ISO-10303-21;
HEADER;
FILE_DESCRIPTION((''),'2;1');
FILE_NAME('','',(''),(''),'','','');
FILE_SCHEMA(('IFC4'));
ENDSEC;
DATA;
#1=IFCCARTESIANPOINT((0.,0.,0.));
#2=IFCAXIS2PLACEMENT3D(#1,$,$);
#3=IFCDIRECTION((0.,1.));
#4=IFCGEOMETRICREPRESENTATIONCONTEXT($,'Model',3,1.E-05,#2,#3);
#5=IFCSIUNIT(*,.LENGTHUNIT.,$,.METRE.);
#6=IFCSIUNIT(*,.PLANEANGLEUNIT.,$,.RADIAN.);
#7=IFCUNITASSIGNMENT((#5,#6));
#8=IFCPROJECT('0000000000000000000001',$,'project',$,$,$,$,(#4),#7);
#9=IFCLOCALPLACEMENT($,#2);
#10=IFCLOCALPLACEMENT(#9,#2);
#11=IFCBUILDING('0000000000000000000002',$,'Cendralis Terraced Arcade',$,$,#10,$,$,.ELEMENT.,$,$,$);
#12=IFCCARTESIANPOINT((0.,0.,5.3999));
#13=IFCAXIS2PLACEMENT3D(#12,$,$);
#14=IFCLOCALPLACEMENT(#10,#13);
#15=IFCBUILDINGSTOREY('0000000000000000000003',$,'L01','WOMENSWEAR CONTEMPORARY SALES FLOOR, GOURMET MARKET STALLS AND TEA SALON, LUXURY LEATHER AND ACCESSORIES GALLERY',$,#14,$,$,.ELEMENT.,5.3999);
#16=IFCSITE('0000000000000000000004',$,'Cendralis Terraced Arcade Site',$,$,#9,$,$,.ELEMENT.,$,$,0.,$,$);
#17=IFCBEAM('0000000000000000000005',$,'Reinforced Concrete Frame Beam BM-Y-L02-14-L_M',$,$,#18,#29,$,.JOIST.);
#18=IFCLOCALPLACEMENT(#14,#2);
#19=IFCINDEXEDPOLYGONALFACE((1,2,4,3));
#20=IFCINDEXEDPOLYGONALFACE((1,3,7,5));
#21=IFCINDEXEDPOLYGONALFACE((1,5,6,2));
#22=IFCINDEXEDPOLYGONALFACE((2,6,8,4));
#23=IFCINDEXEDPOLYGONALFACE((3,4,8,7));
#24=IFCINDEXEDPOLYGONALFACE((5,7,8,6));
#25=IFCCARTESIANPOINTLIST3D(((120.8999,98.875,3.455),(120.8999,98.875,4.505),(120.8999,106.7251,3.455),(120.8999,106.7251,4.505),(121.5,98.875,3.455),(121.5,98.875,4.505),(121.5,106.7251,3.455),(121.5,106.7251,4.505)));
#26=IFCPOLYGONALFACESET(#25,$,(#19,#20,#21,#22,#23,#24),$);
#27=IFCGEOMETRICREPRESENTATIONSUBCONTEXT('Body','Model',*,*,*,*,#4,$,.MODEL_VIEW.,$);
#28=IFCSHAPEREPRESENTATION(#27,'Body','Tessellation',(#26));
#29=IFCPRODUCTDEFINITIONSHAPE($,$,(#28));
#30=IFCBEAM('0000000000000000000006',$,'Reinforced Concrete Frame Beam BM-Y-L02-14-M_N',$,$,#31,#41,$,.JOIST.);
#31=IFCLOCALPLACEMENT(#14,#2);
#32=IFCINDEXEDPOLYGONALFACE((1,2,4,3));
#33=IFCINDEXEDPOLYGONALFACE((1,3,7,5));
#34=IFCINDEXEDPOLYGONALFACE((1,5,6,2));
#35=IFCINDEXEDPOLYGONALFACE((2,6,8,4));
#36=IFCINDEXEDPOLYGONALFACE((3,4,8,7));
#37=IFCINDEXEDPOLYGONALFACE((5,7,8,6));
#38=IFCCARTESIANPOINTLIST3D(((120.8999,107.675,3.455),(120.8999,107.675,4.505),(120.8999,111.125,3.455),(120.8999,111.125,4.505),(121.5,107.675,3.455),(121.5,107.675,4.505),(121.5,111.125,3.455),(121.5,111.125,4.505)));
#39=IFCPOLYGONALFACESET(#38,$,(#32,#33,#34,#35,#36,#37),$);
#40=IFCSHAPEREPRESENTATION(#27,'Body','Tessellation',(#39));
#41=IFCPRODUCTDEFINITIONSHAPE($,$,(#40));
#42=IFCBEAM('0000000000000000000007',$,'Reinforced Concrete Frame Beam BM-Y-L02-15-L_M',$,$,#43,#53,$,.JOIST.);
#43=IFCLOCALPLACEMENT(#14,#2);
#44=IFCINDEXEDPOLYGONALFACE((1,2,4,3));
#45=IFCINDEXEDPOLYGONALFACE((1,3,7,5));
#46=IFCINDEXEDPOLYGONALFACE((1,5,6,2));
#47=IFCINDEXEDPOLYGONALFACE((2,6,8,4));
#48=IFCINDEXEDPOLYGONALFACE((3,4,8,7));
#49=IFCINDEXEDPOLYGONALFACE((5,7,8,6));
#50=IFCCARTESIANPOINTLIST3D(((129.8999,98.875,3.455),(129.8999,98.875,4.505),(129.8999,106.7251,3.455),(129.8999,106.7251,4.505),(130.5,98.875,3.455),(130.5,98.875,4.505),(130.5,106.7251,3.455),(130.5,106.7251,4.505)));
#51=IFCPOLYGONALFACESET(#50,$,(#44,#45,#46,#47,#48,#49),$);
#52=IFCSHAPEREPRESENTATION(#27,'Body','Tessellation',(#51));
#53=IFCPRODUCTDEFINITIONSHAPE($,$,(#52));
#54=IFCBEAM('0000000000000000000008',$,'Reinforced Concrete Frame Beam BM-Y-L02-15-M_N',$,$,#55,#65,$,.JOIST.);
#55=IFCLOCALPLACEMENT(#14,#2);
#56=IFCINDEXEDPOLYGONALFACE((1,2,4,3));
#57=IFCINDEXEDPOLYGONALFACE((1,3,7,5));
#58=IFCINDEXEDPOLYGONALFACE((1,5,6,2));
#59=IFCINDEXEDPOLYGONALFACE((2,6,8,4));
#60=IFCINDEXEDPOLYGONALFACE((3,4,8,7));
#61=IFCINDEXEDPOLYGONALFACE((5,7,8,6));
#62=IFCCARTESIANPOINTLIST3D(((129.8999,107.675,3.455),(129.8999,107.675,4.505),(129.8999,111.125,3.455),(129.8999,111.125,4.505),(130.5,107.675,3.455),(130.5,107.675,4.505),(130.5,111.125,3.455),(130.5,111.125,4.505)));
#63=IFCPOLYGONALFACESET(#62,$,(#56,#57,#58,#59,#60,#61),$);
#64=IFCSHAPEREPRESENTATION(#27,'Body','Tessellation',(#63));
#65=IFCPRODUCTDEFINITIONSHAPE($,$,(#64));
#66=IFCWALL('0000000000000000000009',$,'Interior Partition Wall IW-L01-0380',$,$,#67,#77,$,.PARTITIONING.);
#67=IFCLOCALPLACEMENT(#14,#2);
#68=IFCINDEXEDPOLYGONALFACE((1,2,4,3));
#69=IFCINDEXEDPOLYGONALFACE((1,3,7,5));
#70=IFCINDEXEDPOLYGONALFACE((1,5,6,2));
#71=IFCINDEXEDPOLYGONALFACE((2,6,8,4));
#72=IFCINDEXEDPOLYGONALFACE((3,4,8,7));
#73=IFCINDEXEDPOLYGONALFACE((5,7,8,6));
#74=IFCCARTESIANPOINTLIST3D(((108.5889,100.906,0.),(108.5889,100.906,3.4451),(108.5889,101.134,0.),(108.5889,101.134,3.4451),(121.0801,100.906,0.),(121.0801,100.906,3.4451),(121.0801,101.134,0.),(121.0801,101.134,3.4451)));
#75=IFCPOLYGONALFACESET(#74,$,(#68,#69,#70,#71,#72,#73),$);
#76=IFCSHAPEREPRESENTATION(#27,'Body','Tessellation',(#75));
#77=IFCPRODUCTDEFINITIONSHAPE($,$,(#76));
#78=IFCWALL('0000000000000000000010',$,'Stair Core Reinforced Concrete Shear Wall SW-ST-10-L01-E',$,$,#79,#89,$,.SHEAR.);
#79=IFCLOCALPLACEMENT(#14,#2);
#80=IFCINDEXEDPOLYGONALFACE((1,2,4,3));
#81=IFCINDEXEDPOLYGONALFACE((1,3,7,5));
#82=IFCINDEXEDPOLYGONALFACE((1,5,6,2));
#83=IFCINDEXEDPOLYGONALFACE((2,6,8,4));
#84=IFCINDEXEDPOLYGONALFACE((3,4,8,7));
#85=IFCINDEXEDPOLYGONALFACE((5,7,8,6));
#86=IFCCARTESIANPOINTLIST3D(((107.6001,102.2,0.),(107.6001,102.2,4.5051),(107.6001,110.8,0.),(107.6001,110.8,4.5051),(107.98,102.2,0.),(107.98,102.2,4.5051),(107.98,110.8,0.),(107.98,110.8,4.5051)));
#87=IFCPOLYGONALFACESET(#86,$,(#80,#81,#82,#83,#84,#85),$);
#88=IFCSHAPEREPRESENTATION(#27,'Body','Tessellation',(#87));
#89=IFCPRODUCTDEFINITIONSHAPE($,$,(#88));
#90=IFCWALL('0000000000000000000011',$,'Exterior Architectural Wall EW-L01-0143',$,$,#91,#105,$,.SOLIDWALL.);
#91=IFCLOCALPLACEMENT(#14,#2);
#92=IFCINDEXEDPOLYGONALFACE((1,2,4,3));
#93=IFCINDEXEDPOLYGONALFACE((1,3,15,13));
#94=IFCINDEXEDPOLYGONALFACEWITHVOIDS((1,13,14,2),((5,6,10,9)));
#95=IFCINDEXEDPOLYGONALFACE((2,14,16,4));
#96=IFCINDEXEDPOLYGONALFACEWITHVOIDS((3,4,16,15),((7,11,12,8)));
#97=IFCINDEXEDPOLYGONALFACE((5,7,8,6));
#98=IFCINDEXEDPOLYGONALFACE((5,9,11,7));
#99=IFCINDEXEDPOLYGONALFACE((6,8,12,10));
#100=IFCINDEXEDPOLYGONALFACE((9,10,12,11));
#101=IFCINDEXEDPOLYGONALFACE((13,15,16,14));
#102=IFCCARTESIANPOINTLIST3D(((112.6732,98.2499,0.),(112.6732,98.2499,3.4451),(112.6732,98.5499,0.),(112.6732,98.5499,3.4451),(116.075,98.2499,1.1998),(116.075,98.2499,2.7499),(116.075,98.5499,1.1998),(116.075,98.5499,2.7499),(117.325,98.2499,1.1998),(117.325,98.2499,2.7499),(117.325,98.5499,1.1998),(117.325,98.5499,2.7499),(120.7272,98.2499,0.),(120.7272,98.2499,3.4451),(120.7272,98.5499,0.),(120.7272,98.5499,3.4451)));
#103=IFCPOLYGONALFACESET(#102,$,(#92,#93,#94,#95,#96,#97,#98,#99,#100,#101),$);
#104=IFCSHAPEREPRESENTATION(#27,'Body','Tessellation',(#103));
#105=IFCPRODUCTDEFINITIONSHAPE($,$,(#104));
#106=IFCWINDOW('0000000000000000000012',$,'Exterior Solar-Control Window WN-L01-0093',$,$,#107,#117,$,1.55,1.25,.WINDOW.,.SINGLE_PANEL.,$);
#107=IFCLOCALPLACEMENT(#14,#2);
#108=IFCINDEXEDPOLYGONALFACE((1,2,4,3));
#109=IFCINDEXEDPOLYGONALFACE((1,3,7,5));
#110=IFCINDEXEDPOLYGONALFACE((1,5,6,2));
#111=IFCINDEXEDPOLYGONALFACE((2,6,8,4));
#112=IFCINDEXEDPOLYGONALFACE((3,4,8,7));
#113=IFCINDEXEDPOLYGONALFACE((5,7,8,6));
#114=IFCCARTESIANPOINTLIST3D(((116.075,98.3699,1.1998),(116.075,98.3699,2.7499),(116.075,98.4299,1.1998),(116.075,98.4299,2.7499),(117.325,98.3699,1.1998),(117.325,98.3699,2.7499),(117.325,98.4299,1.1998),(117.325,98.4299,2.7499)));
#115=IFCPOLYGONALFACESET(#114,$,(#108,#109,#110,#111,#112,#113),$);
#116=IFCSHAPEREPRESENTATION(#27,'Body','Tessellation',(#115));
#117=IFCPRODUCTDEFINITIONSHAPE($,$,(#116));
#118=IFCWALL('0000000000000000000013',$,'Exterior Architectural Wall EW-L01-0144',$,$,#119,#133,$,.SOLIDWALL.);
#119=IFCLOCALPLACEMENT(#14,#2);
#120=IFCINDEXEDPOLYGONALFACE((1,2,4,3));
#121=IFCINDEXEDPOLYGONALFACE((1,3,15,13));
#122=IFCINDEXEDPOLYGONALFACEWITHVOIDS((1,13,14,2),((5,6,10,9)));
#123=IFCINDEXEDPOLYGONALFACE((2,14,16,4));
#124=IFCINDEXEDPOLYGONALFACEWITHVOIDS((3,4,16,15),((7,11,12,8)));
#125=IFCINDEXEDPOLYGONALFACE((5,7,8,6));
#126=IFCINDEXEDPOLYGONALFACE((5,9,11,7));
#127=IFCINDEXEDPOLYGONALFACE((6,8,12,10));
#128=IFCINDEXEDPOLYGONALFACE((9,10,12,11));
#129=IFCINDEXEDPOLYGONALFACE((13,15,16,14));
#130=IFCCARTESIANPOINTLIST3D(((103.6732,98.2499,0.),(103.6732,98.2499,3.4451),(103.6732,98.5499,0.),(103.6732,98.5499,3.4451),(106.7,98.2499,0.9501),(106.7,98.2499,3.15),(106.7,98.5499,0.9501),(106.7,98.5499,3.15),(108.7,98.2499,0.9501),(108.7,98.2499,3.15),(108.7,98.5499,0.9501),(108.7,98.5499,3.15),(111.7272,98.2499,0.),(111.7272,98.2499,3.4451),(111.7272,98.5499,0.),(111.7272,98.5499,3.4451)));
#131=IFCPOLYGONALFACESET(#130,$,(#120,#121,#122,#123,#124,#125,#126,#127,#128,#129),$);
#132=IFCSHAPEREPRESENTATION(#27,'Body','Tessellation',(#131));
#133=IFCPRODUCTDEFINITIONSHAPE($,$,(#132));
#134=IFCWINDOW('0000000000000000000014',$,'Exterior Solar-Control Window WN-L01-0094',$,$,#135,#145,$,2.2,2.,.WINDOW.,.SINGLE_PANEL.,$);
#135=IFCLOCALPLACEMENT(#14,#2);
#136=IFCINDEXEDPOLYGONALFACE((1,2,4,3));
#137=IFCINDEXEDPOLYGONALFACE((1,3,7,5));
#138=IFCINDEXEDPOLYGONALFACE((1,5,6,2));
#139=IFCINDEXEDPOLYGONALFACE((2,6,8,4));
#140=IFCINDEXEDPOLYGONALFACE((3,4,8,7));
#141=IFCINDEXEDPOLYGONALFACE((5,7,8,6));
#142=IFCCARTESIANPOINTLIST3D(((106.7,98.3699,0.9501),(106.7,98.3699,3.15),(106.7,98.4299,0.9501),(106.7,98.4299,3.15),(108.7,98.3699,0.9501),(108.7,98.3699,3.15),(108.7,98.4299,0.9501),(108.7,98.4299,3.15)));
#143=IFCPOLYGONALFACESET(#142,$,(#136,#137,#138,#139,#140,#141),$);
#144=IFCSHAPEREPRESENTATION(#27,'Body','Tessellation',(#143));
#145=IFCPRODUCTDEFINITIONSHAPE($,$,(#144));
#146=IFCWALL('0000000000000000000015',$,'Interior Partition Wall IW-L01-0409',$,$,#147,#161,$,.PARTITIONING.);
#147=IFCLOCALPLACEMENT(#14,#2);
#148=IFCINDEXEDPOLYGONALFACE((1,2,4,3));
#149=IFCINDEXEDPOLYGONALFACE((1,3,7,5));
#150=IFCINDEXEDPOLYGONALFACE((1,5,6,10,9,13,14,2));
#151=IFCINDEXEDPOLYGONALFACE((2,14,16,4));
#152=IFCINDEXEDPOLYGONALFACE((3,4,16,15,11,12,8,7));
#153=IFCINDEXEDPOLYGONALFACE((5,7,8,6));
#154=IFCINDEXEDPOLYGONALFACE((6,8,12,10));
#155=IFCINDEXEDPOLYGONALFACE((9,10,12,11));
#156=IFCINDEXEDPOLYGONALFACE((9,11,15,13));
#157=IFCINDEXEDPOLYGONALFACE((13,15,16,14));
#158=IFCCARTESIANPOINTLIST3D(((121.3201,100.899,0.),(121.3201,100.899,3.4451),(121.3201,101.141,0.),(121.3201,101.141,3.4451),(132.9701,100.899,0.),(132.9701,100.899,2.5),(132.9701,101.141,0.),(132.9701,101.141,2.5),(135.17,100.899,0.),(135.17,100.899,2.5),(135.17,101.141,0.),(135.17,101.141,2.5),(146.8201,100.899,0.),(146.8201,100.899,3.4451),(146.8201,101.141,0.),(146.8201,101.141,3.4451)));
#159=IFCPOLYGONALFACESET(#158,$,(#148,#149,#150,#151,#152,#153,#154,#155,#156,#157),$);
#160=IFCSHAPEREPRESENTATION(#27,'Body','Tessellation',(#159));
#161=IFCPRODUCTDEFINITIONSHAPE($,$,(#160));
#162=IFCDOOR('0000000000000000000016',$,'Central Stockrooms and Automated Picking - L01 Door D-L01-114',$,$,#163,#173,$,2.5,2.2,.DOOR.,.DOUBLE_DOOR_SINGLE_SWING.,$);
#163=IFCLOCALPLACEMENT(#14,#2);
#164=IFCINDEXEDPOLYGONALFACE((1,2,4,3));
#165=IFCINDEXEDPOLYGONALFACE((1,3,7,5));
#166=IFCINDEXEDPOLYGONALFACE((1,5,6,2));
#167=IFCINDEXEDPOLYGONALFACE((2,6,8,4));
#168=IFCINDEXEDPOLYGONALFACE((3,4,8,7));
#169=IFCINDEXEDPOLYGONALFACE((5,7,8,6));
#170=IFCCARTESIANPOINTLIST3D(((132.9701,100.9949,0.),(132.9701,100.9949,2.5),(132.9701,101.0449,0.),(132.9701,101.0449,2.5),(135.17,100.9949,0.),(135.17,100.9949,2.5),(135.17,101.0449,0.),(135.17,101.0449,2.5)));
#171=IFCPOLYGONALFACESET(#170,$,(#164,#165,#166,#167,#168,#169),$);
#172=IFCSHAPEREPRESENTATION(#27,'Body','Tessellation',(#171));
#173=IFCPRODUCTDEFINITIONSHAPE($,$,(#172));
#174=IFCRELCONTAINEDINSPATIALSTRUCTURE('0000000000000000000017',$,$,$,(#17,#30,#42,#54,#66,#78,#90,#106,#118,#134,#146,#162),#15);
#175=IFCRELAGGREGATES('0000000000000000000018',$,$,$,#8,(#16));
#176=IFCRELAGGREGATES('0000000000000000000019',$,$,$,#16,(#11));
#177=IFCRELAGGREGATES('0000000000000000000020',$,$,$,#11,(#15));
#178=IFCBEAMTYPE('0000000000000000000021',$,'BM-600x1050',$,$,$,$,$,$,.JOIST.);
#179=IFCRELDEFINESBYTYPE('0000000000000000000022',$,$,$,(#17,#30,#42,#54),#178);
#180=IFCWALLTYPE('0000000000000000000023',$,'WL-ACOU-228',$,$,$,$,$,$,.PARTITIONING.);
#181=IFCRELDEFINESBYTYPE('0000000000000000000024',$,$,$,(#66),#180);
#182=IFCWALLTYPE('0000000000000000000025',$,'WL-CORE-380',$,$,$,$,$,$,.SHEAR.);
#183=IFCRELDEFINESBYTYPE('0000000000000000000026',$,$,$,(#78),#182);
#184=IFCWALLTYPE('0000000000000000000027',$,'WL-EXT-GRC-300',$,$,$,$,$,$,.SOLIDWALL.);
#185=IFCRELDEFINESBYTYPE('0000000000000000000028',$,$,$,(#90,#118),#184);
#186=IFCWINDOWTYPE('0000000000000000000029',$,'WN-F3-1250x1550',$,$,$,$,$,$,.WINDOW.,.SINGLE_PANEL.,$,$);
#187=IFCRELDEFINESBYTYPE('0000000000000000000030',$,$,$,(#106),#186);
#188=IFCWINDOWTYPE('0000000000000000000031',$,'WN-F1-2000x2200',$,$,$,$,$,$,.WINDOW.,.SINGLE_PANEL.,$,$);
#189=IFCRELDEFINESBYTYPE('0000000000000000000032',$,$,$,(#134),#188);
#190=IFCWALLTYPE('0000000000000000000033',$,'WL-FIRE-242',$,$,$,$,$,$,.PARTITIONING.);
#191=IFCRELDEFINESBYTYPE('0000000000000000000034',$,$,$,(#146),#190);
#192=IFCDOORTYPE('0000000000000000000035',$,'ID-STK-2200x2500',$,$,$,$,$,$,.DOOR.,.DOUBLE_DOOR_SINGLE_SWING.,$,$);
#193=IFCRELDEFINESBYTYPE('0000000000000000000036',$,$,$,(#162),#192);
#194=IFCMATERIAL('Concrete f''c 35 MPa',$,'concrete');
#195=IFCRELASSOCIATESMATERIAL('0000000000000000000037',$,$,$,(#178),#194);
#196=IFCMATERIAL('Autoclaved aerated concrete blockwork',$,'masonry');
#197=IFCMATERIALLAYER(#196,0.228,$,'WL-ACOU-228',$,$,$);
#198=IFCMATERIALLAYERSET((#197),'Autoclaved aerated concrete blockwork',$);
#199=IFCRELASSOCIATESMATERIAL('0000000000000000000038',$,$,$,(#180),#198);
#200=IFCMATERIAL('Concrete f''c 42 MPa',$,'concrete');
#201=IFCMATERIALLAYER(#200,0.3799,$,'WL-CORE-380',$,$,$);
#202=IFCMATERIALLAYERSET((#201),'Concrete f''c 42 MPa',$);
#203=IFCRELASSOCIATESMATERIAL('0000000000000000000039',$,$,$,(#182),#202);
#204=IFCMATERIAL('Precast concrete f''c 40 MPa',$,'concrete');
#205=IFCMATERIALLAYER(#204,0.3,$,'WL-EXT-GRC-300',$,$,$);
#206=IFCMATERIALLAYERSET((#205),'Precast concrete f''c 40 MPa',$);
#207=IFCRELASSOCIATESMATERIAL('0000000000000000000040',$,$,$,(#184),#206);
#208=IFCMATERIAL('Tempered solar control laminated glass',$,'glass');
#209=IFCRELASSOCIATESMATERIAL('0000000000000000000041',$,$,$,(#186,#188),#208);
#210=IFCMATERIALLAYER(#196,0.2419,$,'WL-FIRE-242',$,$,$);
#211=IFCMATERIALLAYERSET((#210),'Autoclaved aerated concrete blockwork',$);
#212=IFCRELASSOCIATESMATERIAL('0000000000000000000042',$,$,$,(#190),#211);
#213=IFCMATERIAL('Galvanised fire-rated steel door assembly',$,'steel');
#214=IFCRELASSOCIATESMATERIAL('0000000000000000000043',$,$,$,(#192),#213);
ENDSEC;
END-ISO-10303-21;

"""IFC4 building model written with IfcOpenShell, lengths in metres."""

from ifc_helpers import new_model, si_unit, direction, frame, frame_2d, origin, origin_2d, place, context, subcontext, project, spatial, rectangle, extrude, material, layer, layer_set, material_profile, profile_set, type_object, element, fill, save


model = new_model("IFC4")

# Units and contexts
model_context = context("Model", 3, precision=1e-05, world=origin(), true_north=direction((0.0, 1.0)))
body_context = subcontext(model_context, "Body", "Model", "MODEL_VIEW")
ifc_project = project(units=[si_unit("LENGTHUNIT", "METRE"), si_unit("PLANEANGLEUNIT", "RADIAN")], contexts=[model_context])

# Site, building, storey
site_placement = place(None, origin())
site = spatial("IfcSite", under=ifc_project, at=site_placement, Name="Cendralis Terraced Arcade Site", CompositionType="ELEMENT", RefElevation=0.0)
building_placement = place(site_placement, origin())
building = spatial("IfcBuilding", under=site, at=building_placement, Name="Cendralis Terraced Arcade", CompositionType="ELEMENT")
storey_placement = place(building_placement, frame((0.0, 0.0, 5.3999)))
storey = spatial("IfcBuildingStorey", under=building, at=storey_placement, Name="L01", Description="WOMENSWEAR CONTEMPORARY SALES FLOOR, GOURMET MARKET STALLS AND TEA SALON, LUXURY LEATHER AND ACCESSORIES GALLERY", CompositionType="ELEMENT", Elevation=5.3999)

# Shared definitions
ifc_material_1 = material(Name="Concrete f'c 42 MPa", Category="concrete")

# Beams
ifc_material_2 = material(Name="Concrete f'c 35 MPa", Category="concrete")
ifc_material_profile_1 = material_profile(ifc_material_2, rectangle(XDim=0.6001, YDim=1.05, at=origin_2d()), Name="RC-BM-600x1050", Category="LoadBearing")
ifc_profile_set_1 = profile_set([ifc_material_profile_1], Name="Concrete f'c 35 MPa")
beam_type = type_object("IfcBeamType", Name="BM-600x1050", PredefinedType="JOIST", material=ifc_profile_set_1)
beam_1_placement = place(storey_placement, frame((121.2, 98.875, 3.98), z_axis=(0.0, 1.0, 0.0), x_axis=(-1.0, 0.0, 0.0)))
element("IfcBeam", 1, at=beam_1_placement, inside=storey, type_object=beam_type, Name="Reinforced Concrete Frame Beam BM-Y-L02-14-L_M", PredefinedType="JOIST", context=body_context, shape_type="SweptSolid", body=[
    extrude(rectangle(XDim=0.6001, YDim=1.05, at=origin_2d()), origin(), (0.0, 0.0, 1.0), 7.8501),
])
beam_2_placement = place(storey_placement, frame((121.2, 107.675, 3.98), z_axis=(0.0, 1.0, 0.0), x_axis=(-1.0, 0.0, 0.0)))
element("IfcBeam", 2, at=beam_2_placement, inside=storey, type_object=beam_type, Name="Reinforced Concrete Frame Beam BM-Y-L02-14-M_N", PredefinedType="JOIST", context=body_context, shape_type="SweptSolid", body=[
    extrude(rectangle(XDim=0.6001, YDim=1.05, at=origin_2d()), origin(), (0.0, 0.0, 1.0), 3.45),
])
beam_3_placement = place(storey_placement, frame((130.2, 98.875, 3.98), z_axis=(0.0, 1.0, 0.0), x_axis=(-1.0, 0.0, 0.0)))
element("IfcBeam", 3, at=beam_3_placement, inside=storey, type_object=beam_type, Name="Reinforced Concrete Frame Beam BM-Y-L02-15-L_M", PredefinedType="JOIST", context=body_context, shape_type="SweptSolid", body=[
    extrude(rectangle(XDim=0.6001, YDim=1.05, at=origin_2d()), origin(), (0.0, 0.0, 1.0), 7.8501),
])
beam_4_placement = place(storey_placement, frame((130.2, 107.675, 3.98), z_axis=(0.0, 1.0, 0.0), x_axis=(-1.0, 0.0, 0.0)))
element("IfcBeam", 4, at=beam_4_placement, inside=storey, type_object=beam_type, Name="Reinforced Concrete Frame Beam BM-Y-L02-15-M_N", PredefinedType="JOIST", context=body_context, shape_type="SweptSolid", body=[
    extrude(rectangle(XDim=0.6001, YDim=1.05, at=origin_2d()), origin(), (0.0, 0.0, 1.0), 3.45),
])

# Walls
ifc_material_3 = material(Name="Autoclaved aerated concrete blockwork", Category="masonry")
ifc_layer_1 = layer(ifc_material_3, 0.228, Name="WL-ACOU-228")
ifc_layer_set_1 = layer_set([ifc_layer_1], Name="Autoclaved aerated concrete blockwork")
wall_type_1 = type_object("IfcWallType", Name="WL-ACOU-228", PredefinedType="PARTITIONING", material=ifc_layer_set_1)
wall_1_placement = place(storey_placement, frame((108.5889, 101.02, 0.0), z_axis=(0.0, 0.0, 1.0), x_axis=(1.0, 0.0, 0.0)))
element("IfcWall", 5, at=wall_1_placement, inside=storey, type_object=wall_type_1, Name="Interior Partition Wall IW-L01-0380", PredefinedType="PARTITIONING", context=body_context, shape_type="SweptSolid", body=[
    extrude(rectangle(XDim=12.4912, YDim=0.228, at=frame_2d((6.2456, 0.0))), origin(), (0.0, 0.0, 1.0), 3.4451),
])
ifc_layer_2 = layer(ifc_material_1, 0.3799, Name="WL-CORE-380")
ifc_layer_set_2 = layer_set([ifc_layer_2], Name="Concrete f'c 42 MPa")
wall_type_2 = type_object("IfcWallType", Name="WL-CORE-380", PredefinedType="SHEAR", material=ifc_layer_set_2)
wall_2_placement = place(storey_placement, frame((107.79, 102.2, 0.0), z_axis=(0.0, 0.0, 1.0), x_axis=(0.0, 1.0, 0.0)))
element("IfcWall", 6, at=wall_2_placement, inside=storey, type_object=wall_type_2, Name="Stair Core Reinforced Concrete Shear Wall SW-ST-10-L01-E", PredefinedType="SHEAR", context=body_context, shape_type="SweptSolid", body=[
    extrude(rectangle(XDim=8.6001, YDim=0.3799, at=frame_2d((4.3, 0.0))), origin(), (0.0, 0.0, 1.0), 4.5051),
])

# Walls, openings, windows
ifc_material_4 = material(Name="Precast concrete f'c 40 MPa", Category="concrete")
ifc_layer_3 = layer(ifc_material_4, 0.3, Name="WL-EXT-GRC-300")
ifc_layer_set_3 = layer_set([ifc_layer_3], Name="Precast concrete f'c 40 MPa")
wall_type_3 = type_object("IfcWallType", Name="WL-EXT-GRC-300", PredefinedType="SOLIDWALL", material=ifc_layer_set_3)
wall_3_placement = place(storey_placement, frame((120.7271, 98.3999, 0.0), z_axis=(0.0, 0.0, 1.0), x_axis=(-1.0, 0.0, 0.0)))
wall_3 = element("IfcWall", 7, at=wall_3_placement, inside=storey, type_object=wall_type_3, Name="Exterior Architectural Wall EW-L01-0143", PredefinedType="SOLIDWALL", context=body_context, shape_type="SweptSolid", body=[
    extrude(rectangle(XDim=8.054, YDim=0.3, at=frame_2d((4.0269, 0.0))), origin(), (0.0, 0.0, 1.0), 3.4451),
])
opening_1_placement = place(wall_3_placement, frame((3.4021, 0.0, 1.2)))
opening_1 = element("IfcOpeningElement", 8, at=opening_1_placement, cuts=wall_3, PredefinedType="OPENING", context=body_context, shape_type="SweptSolid", body=[
    extrude(rectangle(XDim=1.25, YDim=1.55, at=frame_2d((0.625, 0.7749))), frame((0.0, 0.1621, 0.0), z_axis=(0.0, -1.0, 0.0), x_axis=(1.0, 0.0, 0.0)), (0.0, 0.0, 1.0), 0.324),
])
ifc_material_5 = material(Name="Tempered solar control laminated glass", Category="glass")
window_type_1 = type_object("IfcWindowType", Name="WN-F3-1250x1550", PartitioningType="SINGLE_PANEL", PredefinedType="WINDOW", material=ifc_material_5)
window_1_placement = place(opening_1_placement, origin())
window_1 = element("IfcWindow", 9, at=window_1_placement, inside=storey, type_object=window_type_1, Name="Exterior Solar-Control Window WN-L01-0093", OverallHeight=1.55, OverallWidth=1.25, PartitioningType="SINGLE_PANEL", PredefinedType="WINDOW", context=body_context, shape_type="SweptSolid", body=[
    extrude(rectangle(XDim=1.25, YDim=1.55, at=frame_2d((0.625, 0.7749))), frame((0.0, 0.03, 0.0), z_axis=(0.0, -1.0, 0.0), x_axis=(1.0, 0.0, 0.0)), (0.0, 0.0, 1.0), 0.0601),
])
fill(opening_1, window_1)
wall_4_placement = place(storey_placement, frame((111.7271, 98.3999, 0.0), z_axis=(0.0, 0.0, 1.0), x_axis=(-1.0, 0.0, 0.0)))
wall_4 = element("IfcWall", 10, at=wall_4_placement, inside=storey, type_object=wall_type_3, Name="Exterior Architectural Wall EW-L01-0144", PredefinedType="SOLIDWALL", context=body_context, shape_type="SweptSolid", body=[
    extrude(rectangle(XDim=8.054, YDim=0.3, at=frame_2d((4.0269, 0.0))), origin(), (0.0, 0.0, 1.0), 3.4451),
])
opening_2_placement = place(wall_4_placement, frame((3.0271, 0.0, 0.95)))
opening_2 = element("IfcOpeningElement", 11, at=opening_2_placement, cuts=wall_4, PredefinedType="OPENING", context=body_context, shape_type="SweptSolid", body=[
    extrude(rectangle(XDim=2.0, YDim=2.2, at=frame_2d((1.0, 1.1001))), frame((0.0, 0.1621, 0.0), z_axis=(0.0, -1.0, 0.0), x_axis=(1.0, 0.0, 0.0)), (0.0, 0.0, 1.0), 0.324),
])
window_type_2 = type_object("IfcWindowType", Name="WN-F1-2000x2200", PartitioningType="SINGLE_PANEL", PredefinedType="WINDOW", material=ifc_material_5)
window_2_placement = place(opening_2_placement, origin())
window_2 = element("IfcWindow", 12, at=window_2_placement, inside=storey, type_object=window_type_2, Name="Exterior Solar-Control Window WN-L01-0094", OverallHeight=2.2, OverallWidth=2.0, PartitioningType="SINGLE_PANEL", PredefinedType="WINDOW", context=body_context, shape_type="SweptSolid", body=[
    extrude(rectangle(XDim=2.0, YDim=2.2, at=frame_2d((1.0, 1.1001))), frame((0.0, 0.03, 0.0), z_axis=(0.0, -1.0, 0.0), x_axis=(1.0, 0.0, 0.0)), (0.0, 0.0, 1.0), 0.0601),
])
fill(opening_2, window_2)

# Wall, opening, door
ifc_layer_4 = layer(ifc_material_3, 0.2419, Name="WL-FIRE-242")
ifc_layer_set_4 = layer_set([ifc_layer_4], Name="Autoclaved aerated concrete blockwork")
wall_type_4 = type_object("IfcWallType", Name="WL-FIRE-242", PredefinedType="PARTITIONING", material=ifc_layer_set_4)
wall_5_placement = place(storey_placement, frame((121.3201, 101.02, 0.0), z_axis=(0.0, 0.0, 1.0), x_axis=(1.0, 0.0, 0.0)))
wall_5 = element("IfcWall", 13, at=wall_5_placement, inside=storey, type_object=wall_type_4, Name="Interior Partition Wall IW-L01-0409", PredefinedType="PARTITIONING", context=body_context, shape_type="SweptSolid", body=[
    extrude(rectangle(XDim=25.5, YDim=0.2419, at=frame_2d((12.75, 0.0))), origin(), (0.0, 0.0, 1.0), 3.4451),
])
opening_3_placement = place(wall_5_placement, frame((11.6499, 0.0, 0.0)))
opening_3 = element("IfcOpeningElement", 14, at=opening_3_placement, cuts=wall_5, PredefinedType="OPENING", context=body_context, shape_type="SweptSolid", body=[
    extrude(rectangle(XDim=2.2, YDim=2.5, at=frame_2d((1.1001, 1.25))), frame((0.0, 0.1328, 0.0), z_axis=(0.0, -1.0, 0.0), x_axis=(1.0, 0.0, 0.0)), (0.0, 0.0, 1.0), 0.2659),
])
ifc_material_6 = material(Name="Galvanised fire-rated steel door assembly", Category="steel")
door_type = type_object("IfcDoorType", Name="ID-STK-2200x2500", OperationType="DOUBLE_DOOR_SINGLE_SWING", PredefinedType="DOOR", material=ifc_material_6)
door_placement = place(opening_3_placement, origin())
door = element("IfcDoor", 15, at=door_placement, inside=storey, type_object=door_type, Name="Central Stockrooms and Automated Picking - L01 Door D-L01-114", OperationType="DOUBLE_DOOR_SINGLE_SWING", OverallHeight=2.5, OverallWidth=2.2, PredefinedType="DOOR", context=body_context, shape_type="SweptSolid", body=[
    extrude(rectangle(XDim=2.2, YDim=2.5, at=frame_2d((1.1001, 1.25))), frame((0.0, 0.0249, 0.0), z_axis=(0.0, -1.0, 0.0), x_axis=(1.0, 0.0, 0.0)), (0.0, 0.0, 1.0), 0.05),
])
fill(opening_3, door)

save(model, "model.ifc")
